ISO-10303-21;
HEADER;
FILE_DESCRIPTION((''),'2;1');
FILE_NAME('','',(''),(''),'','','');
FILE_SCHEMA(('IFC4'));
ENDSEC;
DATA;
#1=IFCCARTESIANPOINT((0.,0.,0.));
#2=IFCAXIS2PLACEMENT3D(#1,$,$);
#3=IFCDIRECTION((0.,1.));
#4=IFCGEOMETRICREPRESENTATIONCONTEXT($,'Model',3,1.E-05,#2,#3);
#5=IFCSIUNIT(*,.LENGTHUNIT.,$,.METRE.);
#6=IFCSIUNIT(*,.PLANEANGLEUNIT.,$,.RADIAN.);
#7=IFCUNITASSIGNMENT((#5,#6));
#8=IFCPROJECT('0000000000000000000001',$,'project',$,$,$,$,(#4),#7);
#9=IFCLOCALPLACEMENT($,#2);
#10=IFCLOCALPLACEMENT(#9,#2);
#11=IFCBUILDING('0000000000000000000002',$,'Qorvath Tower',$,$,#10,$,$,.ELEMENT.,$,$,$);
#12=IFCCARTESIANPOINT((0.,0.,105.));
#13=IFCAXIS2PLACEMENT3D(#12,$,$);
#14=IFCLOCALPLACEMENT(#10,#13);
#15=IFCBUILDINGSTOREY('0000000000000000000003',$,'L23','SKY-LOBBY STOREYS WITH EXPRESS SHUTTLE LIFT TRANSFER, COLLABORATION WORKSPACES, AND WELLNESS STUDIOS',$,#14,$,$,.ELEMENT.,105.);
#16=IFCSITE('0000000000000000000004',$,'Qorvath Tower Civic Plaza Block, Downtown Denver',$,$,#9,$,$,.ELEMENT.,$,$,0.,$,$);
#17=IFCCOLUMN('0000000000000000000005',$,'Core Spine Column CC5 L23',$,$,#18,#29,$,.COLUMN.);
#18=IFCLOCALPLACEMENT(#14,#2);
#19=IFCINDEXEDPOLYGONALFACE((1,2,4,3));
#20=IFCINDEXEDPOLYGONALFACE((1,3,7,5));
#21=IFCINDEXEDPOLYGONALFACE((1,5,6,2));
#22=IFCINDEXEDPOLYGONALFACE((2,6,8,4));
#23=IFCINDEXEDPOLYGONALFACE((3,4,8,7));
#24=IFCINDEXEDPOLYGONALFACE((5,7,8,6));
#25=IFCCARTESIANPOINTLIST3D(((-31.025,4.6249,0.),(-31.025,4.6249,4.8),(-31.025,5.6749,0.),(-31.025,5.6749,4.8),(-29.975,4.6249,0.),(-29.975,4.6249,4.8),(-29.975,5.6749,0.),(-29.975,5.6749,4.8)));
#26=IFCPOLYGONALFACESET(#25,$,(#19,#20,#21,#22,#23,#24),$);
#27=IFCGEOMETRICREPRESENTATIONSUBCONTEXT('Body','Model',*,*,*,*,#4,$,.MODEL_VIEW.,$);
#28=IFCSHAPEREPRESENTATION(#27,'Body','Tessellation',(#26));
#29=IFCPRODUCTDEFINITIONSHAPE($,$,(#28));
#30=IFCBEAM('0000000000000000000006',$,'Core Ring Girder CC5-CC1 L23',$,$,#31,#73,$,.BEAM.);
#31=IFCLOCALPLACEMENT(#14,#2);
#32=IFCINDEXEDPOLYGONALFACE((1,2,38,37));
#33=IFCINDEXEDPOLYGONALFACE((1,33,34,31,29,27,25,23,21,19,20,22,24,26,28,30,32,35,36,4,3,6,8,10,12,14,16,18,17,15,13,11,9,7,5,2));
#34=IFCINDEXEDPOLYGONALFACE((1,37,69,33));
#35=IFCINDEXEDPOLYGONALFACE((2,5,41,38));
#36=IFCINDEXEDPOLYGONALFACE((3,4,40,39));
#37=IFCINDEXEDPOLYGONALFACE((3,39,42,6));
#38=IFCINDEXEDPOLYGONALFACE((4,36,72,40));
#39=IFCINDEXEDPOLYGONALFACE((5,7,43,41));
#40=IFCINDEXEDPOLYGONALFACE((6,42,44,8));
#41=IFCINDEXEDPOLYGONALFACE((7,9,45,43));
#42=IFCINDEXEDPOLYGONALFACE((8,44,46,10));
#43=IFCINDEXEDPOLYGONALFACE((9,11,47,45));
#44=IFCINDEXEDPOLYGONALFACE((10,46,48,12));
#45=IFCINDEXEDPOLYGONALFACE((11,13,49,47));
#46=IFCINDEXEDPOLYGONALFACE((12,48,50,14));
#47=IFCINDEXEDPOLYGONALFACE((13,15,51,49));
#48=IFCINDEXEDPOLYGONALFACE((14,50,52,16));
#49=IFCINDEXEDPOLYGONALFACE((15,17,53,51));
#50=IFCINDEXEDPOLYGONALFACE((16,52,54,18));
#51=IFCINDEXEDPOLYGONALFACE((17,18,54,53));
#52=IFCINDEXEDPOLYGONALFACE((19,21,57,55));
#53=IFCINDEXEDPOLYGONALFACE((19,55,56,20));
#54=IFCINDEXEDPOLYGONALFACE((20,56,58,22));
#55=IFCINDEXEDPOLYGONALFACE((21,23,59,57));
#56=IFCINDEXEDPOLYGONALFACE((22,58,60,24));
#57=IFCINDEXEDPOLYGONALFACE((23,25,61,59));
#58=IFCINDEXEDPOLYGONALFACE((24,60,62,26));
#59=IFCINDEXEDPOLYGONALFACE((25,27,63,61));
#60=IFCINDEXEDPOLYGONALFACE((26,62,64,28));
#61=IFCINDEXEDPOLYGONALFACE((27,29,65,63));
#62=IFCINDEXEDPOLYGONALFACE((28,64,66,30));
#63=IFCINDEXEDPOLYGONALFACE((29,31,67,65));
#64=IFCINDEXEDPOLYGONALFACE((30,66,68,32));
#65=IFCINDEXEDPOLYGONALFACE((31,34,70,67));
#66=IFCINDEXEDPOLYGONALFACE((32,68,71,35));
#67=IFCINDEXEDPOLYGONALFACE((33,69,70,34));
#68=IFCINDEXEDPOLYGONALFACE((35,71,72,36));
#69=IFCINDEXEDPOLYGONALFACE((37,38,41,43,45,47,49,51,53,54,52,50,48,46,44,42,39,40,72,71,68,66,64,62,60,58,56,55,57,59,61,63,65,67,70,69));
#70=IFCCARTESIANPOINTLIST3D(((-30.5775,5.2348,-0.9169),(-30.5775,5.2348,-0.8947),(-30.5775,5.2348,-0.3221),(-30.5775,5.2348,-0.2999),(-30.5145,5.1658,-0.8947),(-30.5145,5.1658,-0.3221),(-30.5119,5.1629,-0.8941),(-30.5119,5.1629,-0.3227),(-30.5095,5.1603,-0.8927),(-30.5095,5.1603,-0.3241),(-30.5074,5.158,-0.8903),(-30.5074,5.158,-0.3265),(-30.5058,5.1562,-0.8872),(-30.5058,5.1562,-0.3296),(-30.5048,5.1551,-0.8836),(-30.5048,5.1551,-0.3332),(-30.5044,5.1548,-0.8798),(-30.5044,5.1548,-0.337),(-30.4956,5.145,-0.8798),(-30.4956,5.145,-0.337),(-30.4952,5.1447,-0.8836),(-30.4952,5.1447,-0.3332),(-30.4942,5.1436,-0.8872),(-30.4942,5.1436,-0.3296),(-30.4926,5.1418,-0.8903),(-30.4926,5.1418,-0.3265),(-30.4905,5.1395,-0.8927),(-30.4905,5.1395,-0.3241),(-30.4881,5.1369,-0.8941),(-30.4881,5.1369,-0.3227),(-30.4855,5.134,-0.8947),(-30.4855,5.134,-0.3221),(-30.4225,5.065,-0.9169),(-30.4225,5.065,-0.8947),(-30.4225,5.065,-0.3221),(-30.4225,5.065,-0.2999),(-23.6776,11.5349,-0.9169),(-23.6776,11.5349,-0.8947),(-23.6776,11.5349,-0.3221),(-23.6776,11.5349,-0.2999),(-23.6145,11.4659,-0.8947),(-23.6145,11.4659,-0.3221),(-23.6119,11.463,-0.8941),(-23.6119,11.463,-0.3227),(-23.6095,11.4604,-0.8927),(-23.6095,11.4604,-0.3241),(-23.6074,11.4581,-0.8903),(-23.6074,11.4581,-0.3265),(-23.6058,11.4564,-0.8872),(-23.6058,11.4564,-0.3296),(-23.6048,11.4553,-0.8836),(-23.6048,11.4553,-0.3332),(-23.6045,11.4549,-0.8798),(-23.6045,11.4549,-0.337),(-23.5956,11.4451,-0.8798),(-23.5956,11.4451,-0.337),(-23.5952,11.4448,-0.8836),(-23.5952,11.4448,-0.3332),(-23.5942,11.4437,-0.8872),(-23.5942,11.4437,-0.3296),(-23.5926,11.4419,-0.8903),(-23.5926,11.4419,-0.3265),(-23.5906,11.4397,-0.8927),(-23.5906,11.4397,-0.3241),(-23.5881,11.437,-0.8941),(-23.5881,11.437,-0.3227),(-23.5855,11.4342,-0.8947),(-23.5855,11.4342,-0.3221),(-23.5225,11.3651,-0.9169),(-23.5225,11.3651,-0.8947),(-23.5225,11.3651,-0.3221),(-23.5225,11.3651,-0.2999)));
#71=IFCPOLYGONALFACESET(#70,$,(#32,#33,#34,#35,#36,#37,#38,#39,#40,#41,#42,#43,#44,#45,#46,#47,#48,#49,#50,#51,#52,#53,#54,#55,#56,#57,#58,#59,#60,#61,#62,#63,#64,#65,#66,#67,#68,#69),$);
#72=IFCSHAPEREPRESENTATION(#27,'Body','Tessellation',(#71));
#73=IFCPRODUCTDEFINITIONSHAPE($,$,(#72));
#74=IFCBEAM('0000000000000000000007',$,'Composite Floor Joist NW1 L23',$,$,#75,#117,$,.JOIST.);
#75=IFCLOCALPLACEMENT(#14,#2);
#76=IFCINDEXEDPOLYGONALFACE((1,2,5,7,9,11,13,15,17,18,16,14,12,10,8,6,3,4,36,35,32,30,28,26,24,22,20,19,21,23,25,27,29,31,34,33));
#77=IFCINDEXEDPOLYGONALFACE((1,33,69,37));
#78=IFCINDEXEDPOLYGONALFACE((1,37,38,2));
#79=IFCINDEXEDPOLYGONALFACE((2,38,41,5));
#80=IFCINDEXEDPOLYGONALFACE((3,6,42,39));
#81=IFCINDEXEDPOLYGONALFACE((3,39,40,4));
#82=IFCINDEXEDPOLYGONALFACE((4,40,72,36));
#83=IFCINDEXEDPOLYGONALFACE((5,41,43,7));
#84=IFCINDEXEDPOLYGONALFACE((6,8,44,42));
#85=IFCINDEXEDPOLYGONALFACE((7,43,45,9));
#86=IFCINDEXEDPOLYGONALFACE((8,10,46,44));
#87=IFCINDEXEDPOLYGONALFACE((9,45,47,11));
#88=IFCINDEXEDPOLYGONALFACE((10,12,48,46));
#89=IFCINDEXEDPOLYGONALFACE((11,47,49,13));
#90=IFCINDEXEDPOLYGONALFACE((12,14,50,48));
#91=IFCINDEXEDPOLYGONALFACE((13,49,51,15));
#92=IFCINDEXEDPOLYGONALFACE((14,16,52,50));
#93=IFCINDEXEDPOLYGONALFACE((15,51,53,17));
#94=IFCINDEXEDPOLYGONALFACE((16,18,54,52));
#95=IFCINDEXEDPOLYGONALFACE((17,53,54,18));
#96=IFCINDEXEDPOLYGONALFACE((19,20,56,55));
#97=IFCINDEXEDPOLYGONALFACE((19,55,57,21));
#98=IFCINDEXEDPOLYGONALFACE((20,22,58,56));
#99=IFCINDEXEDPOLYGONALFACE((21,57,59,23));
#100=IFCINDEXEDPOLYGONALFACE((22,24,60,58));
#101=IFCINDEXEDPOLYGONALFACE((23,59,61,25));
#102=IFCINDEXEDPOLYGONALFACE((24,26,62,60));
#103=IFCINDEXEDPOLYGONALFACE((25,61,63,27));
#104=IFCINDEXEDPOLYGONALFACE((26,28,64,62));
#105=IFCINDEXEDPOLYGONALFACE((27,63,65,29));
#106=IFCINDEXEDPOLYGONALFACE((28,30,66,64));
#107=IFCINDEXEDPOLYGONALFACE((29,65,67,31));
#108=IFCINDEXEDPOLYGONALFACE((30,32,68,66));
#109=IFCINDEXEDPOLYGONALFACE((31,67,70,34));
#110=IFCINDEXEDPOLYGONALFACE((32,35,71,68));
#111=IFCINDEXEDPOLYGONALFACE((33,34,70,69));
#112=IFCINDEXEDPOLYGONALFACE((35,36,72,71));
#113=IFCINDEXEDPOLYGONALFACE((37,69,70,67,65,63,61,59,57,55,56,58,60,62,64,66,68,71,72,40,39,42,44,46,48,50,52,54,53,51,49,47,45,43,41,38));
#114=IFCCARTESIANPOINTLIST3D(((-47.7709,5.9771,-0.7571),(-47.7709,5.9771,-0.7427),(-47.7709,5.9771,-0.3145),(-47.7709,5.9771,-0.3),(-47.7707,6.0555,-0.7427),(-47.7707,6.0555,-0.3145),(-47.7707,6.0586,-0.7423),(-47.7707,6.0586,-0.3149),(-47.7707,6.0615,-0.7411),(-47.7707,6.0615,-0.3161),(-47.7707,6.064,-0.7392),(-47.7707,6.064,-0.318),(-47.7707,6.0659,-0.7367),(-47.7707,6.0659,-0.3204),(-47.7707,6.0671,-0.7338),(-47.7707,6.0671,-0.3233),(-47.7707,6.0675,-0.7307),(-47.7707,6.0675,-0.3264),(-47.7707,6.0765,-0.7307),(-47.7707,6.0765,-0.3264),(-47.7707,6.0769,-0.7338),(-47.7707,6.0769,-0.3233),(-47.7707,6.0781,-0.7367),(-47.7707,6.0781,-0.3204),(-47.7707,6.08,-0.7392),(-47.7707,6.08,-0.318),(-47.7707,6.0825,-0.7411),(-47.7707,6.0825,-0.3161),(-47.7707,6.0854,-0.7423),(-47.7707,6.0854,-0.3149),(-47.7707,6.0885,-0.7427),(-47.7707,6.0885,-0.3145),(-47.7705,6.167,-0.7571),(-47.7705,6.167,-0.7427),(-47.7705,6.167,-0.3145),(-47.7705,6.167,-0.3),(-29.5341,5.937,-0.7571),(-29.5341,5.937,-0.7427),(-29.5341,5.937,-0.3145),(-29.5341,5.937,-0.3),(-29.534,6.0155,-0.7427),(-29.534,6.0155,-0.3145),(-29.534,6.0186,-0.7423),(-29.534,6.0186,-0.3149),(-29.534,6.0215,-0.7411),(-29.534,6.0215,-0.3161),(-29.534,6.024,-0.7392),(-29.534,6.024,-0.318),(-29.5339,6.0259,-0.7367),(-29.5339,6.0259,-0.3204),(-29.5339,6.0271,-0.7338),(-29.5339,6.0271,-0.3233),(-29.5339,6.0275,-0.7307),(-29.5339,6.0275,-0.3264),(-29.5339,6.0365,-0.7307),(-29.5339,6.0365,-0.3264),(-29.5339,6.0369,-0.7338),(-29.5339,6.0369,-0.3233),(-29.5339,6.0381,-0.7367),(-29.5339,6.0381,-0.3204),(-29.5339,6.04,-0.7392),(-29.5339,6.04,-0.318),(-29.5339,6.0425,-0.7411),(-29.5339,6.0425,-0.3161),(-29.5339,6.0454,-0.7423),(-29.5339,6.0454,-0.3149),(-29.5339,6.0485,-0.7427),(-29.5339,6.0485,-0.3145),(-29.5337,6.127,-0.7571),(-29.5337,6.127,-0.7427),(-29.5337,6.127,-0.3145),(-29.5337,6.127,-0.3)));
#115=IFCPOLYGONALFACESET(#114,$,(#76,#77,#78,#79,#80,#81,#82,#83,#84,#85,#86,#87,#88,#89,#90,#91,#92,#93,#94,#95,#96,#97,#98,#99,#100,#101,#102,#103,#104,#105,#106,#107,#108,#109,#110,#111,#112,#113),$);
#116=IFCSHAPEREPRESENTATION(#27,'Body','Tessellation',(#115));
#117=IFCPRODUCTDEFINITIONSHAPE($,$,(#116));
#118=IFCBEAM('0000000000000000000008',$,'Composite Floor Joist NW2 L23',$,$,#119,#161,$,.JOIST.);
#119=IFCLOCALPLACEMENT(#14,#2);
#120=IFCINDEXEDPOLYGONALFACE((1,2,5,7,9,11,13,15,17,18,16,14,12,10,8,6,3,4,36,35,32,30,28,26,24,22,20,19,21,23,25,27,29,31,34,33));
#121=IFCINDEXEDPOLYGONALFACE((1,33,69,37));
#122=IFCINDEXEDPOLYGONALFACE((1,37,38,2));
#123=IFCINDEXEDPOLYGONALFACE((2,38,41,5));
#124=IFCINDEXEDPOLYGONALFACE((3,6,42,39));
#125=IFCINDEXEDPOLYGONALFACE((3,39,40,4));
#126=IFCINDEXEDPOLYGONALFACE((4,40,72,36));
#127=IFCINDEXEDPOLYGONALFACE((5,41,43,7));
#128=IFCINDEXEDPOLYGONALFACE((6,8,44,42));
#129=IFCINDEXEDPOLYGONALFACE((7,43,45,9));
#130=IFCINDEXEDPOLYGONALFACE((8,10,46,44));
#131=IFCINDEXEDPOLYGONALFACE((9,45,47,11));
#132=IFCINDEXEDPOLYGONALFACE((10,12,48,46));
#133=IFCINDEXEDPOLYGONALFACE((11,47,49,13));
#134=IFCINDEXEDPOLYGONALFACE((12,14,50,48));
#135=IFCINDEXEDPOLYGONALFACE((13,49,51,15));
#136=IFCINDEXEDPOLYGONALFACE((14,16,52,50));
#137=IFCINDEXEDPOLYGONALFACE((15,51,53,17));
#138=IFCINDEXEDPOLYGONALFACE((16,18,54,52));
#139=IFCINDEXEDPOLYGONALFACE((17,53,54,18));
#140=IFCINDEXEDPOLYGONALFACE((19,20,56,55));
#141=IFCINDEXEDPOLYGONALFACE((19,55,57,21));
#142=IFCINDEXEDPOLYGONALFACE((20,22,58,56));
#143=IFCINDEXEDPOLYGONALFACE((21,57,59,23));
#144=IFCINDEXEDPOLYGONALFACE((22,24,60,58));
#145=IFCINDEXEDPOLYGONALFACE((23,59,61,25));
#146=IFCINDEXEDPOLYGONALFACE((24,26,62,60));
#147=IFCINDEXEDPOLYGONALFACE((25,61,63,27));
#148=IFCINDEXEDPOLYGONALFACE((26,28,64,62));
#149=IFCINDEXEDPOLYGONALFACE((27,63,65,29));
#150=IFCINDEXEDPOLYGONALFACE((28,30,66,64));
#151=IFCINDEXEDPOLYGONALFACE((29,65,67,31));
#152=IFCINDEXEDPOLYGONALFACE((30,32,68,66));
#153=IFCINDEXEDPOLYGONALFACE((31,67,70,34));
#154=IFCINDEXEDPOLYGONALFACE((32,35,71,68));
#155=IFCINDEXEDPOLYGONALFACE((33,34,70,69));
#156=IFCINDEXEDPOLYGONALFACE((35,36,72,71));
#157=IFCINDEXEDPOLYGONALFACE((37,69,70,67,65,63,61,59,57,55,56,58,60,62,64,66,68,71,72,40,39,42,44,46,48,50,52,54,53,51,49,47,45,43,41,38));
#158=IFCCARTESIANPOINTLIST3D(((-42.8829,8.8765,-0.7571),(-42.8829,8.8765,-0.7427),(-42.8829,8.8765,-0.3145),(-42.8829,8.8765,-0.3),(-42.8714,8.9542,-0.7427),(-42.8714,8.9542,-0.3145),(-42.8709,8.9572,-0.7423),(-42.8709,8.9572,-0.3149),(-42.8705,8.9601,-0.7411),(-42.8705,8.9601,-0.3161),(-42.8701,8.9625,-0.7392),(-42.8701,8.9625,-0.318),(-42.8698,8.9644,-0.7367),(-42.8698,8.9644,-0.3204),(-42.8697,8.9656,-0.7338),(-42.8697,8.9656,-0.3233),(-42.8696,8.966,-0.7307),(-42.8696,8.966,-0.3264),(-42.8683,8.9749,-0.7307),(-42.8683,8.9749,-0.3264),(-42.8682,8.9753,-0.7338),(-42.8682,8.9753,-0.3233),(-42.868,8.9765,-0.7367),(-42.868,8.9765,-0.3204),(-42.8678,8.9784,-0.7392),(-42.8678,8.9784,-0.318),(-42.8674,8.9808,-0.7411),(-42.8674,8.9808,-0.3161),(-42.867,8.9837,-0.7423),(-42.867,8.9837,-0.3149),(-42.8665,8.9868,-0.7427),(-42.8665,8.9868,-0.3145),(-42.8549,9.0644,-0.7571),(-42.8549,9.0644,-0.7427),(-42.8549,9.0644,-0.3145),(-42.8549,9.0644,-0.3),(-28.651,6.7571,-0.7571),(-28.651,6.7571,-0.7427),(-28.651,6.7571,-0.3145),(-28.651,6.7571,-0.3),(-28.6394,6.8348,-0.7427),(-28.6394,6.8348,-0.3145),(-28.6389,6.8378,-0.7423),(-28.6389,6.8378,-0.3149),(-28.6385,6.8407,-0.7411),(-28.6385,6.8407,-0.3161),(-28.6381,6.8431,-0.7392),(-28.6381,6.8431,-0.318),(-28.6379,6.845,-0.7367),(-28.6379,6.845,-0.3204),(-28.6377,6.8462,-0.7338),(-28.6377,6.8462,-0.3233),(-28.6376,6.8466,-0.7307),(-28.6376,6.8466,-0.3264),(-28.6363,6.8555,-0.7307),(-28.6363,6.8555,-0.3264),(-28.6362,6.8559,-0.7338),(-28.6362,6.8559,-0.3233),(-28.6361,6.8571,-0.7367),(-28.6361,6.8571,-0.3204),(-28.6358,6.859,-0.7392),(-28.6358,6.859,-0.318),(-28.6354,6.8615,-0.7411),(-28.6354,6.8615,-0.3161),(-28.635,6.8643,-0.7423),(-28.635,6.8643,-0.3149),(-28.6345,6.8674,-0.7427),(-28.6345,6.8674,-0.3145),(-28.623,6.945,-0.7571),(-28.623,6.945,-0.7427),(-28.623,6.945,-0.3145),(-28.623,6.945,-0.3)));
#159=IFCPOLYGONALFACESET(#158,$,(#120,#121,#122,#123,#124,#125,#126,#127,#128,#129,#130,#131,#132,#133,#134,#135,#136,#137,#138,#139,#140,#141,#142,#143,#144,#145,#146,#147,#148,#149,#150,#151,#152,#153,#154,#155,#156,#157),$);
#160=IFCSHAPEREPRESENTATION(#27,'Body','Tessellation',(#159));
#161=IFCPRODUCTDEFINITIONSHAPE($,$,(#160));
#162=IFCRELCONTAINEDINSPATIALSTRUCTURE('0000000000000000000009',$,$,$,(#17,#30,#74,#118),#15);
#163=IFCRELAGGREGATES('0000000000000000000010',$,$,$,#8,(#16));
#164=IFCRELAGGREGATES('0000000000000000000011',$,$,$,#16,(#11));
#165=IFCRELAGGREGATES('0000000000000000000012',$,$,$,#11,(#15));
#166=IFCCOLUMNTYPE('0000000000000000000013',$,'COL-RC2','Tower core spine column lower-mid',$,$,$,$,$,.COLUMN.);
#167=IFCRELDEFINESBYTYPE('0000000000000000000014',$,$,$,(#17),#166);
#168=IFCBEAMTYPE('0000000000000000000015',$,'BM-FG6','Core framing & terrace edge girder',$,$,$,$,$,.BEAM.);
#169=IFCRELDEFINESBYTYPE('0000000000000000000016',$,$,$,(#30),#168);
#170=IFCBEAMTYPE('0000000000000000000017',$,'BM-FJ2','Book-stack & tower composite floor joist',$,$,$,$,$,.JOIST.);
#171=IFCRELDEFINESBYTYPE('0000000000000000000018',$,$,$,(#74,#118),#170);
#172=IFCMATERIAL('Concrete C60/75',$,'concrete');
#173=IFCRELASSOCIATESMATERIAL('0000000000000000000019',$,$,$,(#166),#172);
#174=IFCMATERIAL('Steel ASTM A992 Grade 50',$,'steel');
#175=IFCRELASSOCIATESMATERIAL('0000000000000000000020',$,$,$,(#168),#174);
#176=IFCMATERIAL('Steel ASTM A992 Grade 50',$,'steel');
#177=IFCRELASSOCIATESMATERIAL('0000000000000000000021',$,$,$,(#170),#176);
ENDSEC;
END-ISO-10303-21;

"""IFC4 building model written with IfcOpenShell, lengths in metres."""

from ifc_helpers import new_model, si_unit, direction, frame, origin, origin_2d, place, context, subcontext, project, spatial, rectangle, i_section, extrude, material, material_profile, profile_set, type_object, element, save


model = new_model("IFC4")

# Units and contexts
model_context = context("Model", 3, precision=1e-05, world=origin(), true_north=direction((0.0, 1.0)))
body_context = subcontext(model_context, "Body", "Model", "MODEL_VIEW")
ifc_project = project(units=[si_unit("LENGTHUNIT", "METRE"), si_unit("PLANEANGLEUNIT", "RADIAN")], contexts=[model_context])

# Site, building, storey
site_placement = place(None, origin())
site = spatial("IfcSite", under=ifc_project, at=site_placement, Name="Qorvath Tower Civic Plaza Block, Downtown Denver", CompositionType="ELEMENT", RefElevation=0.0)
building_placement = place(site_placement, origin())
building = spatial("IfcBuilding", under=site, at=building_placement, Name="Qorvath Tower", CompositionType="ELEMENT")
storey_placement = place(building_placement, frame((0.0, 0.0, 105.0)))
storey = spatial("IfcBuildingStorey", under=building, at=storey_placement, Name="L23", Description="SKY-LOBBY STOREYS WITH EXPRESS SHUTTLE LIFT TRANSFER, COLLABORATION WORKSPACES, AND WELLNESS STUDIOS", CompositionType="ELEMENT", Elevation=105.0)

# Column
ifc_material_1 = material(Name="Concrete C60/75", Category="concrete")
ifc_material_profile_1 = material_profile(ifc_material_1, rectangle(XDim=1.05, YDim=1.05, at=origin_2d()), Name="RC 1050x1050")
ifc_profile_set_1 = profile_set([ifc_material_profile_1], Name="Concrete C60/75")
column_type = type_object("IfcColumnType", Name="COL-RC2", Description="Tower core spine column lower-mid", PredefinedType="COLUMN", material=ifc_profile_set_1)
column_placement = place(storey_placement, frame((-30.5, 5.1499, 0.0), z_axis=(0.0, 0.0, 1.0), x_axis=(1.0, 0.0, 0.0)))
element("IfcColumn", 1, at=column_placement, inside=storey, type_object=column_type, Name="Core Spine Column CC5 L23", PredefinedType="COLUMN", context=body_context, shape_type="SweptSolid", body=[
    extrude(rectangle(XDim=1.05, YDim=1.05, at=origin_2d()), origin(), (0.0, 0.0, 1.0), 4.8),
])

# Beams
ifc_material_2 = material(Name="Steel ASTM A992 Grade 50", Category="steel")
ifc_material_profile_2 = material_profile(ifc_material_2, i_section(OverallWidth=0.23, OverallDepth=0.6169, WebThickness=0.0132, FlangeThickness=0.0222, FilletRadius=0.0149, at=origin_2d()), Name="W24x94")
ifc_profile_set_2 = profile_set([ifc_material_profile_2], Name="Steel ASTM A992 Grade 50")
beam_type_1 = type_object("IfcBeamType", Name="BM-FG6", Description="Core framing & terrace edge girder", PredefinedType="BEAM", material=ifc_profile_set_2)
beam_1_placement = place(storey_placement, frame((-30.5, 5.1499, -0.6084), z_axis=(0.738478, 0.674277, 0.0), x_axis=(-0.674277, 0.738478, 0.0)))
element("IfcBeam", 2, at=beam_1_placement, inside=storey, type_object=beam_type_1, Name="Core Ring Girder CC5-CC1 L23", PredefinedType="BEAM", context=body_context, shape_type="SweptSolid", body=[
    extrude(i_section(OverallWidth=0.23, OverallDepth=0.6169, WebThickness=0.0132, FlangeThickness=0.0222, FilletRadius=0.0149, at=origin_2d()), origin(), (0.0, 0.0, 1.0), 9.3435),
])
ifc_material_3 = material(Name="Steel ASTM A992 Grade 50", Category="steel")
ifc_material_profile_3 = material_profile(ifc_material_3, i_section(OverallWidth=0.1899, OverallDepth=0.457, WebThickness=0.009, FlangeThickness=0.0144, FilletRadius=0.012, at=origin_2d()), Name="W18x50")
ifc_profile_set_3 = profile_set([ifc_material_profile_3], Name="Steel ASTM A992 Grade 50")
beam_type_2 = type_object("IfcBeamType", Name="BM-FJ2", Description="Book-stack & tower composite floor joist", PredefinedType="JOIST", material=ifc_profile_set_3)
beam_2_placement = place(storey_placement, frame((-29.5339, 6.032, -0.5286), z_axis=(-0.999998, 0.002196, 0.0), x_axis=(-0.002196, -0.999998, 0.0)))
element("IfcBeam", 3, at=beam_2_placement, inside=storey, type_object=beam_type_2, Name="Composite Floor Joist NW1 L23", PredefinedType="JOIST", context=body_context, shape_type="SweptSolid", body=[
    extrude(i_section(OverallWidth=0.1899, OverallDepth=0.457, WebThickness=0.009, FlangeThickness=0.0144, FilletRadius=0.012, at=origin_2d()), origin(), (0.0, 0.0, 1.0), 18.2368),
])
beam_3_placement = place(storey_placement, frame((-28.637, 6.8511, -0.5286), z_axis=(-0.989093, 0.147293, 0.0), x_axis=(-0.147293, -0.989093, 0.0)))
element("IfcBeam", 4, at=beam_3_placement, inside=storey, type_object=beam_type_2, Name="Composite Floor Joist NW2 L23", PredefinedType="JOIST", context=body_context, shape_type="SweptSolid", body=[
    extrude(i_section(OverallWidth=0.1899, OverallDepth=0.457, WebThickness=0.009, FlangeThickness=0.0144, FilletRadius=0.012, at=origin_2d()), origin(), (0.0, 0.0, 1.0), 14.3889),
])

save(model, "model.ifc")
